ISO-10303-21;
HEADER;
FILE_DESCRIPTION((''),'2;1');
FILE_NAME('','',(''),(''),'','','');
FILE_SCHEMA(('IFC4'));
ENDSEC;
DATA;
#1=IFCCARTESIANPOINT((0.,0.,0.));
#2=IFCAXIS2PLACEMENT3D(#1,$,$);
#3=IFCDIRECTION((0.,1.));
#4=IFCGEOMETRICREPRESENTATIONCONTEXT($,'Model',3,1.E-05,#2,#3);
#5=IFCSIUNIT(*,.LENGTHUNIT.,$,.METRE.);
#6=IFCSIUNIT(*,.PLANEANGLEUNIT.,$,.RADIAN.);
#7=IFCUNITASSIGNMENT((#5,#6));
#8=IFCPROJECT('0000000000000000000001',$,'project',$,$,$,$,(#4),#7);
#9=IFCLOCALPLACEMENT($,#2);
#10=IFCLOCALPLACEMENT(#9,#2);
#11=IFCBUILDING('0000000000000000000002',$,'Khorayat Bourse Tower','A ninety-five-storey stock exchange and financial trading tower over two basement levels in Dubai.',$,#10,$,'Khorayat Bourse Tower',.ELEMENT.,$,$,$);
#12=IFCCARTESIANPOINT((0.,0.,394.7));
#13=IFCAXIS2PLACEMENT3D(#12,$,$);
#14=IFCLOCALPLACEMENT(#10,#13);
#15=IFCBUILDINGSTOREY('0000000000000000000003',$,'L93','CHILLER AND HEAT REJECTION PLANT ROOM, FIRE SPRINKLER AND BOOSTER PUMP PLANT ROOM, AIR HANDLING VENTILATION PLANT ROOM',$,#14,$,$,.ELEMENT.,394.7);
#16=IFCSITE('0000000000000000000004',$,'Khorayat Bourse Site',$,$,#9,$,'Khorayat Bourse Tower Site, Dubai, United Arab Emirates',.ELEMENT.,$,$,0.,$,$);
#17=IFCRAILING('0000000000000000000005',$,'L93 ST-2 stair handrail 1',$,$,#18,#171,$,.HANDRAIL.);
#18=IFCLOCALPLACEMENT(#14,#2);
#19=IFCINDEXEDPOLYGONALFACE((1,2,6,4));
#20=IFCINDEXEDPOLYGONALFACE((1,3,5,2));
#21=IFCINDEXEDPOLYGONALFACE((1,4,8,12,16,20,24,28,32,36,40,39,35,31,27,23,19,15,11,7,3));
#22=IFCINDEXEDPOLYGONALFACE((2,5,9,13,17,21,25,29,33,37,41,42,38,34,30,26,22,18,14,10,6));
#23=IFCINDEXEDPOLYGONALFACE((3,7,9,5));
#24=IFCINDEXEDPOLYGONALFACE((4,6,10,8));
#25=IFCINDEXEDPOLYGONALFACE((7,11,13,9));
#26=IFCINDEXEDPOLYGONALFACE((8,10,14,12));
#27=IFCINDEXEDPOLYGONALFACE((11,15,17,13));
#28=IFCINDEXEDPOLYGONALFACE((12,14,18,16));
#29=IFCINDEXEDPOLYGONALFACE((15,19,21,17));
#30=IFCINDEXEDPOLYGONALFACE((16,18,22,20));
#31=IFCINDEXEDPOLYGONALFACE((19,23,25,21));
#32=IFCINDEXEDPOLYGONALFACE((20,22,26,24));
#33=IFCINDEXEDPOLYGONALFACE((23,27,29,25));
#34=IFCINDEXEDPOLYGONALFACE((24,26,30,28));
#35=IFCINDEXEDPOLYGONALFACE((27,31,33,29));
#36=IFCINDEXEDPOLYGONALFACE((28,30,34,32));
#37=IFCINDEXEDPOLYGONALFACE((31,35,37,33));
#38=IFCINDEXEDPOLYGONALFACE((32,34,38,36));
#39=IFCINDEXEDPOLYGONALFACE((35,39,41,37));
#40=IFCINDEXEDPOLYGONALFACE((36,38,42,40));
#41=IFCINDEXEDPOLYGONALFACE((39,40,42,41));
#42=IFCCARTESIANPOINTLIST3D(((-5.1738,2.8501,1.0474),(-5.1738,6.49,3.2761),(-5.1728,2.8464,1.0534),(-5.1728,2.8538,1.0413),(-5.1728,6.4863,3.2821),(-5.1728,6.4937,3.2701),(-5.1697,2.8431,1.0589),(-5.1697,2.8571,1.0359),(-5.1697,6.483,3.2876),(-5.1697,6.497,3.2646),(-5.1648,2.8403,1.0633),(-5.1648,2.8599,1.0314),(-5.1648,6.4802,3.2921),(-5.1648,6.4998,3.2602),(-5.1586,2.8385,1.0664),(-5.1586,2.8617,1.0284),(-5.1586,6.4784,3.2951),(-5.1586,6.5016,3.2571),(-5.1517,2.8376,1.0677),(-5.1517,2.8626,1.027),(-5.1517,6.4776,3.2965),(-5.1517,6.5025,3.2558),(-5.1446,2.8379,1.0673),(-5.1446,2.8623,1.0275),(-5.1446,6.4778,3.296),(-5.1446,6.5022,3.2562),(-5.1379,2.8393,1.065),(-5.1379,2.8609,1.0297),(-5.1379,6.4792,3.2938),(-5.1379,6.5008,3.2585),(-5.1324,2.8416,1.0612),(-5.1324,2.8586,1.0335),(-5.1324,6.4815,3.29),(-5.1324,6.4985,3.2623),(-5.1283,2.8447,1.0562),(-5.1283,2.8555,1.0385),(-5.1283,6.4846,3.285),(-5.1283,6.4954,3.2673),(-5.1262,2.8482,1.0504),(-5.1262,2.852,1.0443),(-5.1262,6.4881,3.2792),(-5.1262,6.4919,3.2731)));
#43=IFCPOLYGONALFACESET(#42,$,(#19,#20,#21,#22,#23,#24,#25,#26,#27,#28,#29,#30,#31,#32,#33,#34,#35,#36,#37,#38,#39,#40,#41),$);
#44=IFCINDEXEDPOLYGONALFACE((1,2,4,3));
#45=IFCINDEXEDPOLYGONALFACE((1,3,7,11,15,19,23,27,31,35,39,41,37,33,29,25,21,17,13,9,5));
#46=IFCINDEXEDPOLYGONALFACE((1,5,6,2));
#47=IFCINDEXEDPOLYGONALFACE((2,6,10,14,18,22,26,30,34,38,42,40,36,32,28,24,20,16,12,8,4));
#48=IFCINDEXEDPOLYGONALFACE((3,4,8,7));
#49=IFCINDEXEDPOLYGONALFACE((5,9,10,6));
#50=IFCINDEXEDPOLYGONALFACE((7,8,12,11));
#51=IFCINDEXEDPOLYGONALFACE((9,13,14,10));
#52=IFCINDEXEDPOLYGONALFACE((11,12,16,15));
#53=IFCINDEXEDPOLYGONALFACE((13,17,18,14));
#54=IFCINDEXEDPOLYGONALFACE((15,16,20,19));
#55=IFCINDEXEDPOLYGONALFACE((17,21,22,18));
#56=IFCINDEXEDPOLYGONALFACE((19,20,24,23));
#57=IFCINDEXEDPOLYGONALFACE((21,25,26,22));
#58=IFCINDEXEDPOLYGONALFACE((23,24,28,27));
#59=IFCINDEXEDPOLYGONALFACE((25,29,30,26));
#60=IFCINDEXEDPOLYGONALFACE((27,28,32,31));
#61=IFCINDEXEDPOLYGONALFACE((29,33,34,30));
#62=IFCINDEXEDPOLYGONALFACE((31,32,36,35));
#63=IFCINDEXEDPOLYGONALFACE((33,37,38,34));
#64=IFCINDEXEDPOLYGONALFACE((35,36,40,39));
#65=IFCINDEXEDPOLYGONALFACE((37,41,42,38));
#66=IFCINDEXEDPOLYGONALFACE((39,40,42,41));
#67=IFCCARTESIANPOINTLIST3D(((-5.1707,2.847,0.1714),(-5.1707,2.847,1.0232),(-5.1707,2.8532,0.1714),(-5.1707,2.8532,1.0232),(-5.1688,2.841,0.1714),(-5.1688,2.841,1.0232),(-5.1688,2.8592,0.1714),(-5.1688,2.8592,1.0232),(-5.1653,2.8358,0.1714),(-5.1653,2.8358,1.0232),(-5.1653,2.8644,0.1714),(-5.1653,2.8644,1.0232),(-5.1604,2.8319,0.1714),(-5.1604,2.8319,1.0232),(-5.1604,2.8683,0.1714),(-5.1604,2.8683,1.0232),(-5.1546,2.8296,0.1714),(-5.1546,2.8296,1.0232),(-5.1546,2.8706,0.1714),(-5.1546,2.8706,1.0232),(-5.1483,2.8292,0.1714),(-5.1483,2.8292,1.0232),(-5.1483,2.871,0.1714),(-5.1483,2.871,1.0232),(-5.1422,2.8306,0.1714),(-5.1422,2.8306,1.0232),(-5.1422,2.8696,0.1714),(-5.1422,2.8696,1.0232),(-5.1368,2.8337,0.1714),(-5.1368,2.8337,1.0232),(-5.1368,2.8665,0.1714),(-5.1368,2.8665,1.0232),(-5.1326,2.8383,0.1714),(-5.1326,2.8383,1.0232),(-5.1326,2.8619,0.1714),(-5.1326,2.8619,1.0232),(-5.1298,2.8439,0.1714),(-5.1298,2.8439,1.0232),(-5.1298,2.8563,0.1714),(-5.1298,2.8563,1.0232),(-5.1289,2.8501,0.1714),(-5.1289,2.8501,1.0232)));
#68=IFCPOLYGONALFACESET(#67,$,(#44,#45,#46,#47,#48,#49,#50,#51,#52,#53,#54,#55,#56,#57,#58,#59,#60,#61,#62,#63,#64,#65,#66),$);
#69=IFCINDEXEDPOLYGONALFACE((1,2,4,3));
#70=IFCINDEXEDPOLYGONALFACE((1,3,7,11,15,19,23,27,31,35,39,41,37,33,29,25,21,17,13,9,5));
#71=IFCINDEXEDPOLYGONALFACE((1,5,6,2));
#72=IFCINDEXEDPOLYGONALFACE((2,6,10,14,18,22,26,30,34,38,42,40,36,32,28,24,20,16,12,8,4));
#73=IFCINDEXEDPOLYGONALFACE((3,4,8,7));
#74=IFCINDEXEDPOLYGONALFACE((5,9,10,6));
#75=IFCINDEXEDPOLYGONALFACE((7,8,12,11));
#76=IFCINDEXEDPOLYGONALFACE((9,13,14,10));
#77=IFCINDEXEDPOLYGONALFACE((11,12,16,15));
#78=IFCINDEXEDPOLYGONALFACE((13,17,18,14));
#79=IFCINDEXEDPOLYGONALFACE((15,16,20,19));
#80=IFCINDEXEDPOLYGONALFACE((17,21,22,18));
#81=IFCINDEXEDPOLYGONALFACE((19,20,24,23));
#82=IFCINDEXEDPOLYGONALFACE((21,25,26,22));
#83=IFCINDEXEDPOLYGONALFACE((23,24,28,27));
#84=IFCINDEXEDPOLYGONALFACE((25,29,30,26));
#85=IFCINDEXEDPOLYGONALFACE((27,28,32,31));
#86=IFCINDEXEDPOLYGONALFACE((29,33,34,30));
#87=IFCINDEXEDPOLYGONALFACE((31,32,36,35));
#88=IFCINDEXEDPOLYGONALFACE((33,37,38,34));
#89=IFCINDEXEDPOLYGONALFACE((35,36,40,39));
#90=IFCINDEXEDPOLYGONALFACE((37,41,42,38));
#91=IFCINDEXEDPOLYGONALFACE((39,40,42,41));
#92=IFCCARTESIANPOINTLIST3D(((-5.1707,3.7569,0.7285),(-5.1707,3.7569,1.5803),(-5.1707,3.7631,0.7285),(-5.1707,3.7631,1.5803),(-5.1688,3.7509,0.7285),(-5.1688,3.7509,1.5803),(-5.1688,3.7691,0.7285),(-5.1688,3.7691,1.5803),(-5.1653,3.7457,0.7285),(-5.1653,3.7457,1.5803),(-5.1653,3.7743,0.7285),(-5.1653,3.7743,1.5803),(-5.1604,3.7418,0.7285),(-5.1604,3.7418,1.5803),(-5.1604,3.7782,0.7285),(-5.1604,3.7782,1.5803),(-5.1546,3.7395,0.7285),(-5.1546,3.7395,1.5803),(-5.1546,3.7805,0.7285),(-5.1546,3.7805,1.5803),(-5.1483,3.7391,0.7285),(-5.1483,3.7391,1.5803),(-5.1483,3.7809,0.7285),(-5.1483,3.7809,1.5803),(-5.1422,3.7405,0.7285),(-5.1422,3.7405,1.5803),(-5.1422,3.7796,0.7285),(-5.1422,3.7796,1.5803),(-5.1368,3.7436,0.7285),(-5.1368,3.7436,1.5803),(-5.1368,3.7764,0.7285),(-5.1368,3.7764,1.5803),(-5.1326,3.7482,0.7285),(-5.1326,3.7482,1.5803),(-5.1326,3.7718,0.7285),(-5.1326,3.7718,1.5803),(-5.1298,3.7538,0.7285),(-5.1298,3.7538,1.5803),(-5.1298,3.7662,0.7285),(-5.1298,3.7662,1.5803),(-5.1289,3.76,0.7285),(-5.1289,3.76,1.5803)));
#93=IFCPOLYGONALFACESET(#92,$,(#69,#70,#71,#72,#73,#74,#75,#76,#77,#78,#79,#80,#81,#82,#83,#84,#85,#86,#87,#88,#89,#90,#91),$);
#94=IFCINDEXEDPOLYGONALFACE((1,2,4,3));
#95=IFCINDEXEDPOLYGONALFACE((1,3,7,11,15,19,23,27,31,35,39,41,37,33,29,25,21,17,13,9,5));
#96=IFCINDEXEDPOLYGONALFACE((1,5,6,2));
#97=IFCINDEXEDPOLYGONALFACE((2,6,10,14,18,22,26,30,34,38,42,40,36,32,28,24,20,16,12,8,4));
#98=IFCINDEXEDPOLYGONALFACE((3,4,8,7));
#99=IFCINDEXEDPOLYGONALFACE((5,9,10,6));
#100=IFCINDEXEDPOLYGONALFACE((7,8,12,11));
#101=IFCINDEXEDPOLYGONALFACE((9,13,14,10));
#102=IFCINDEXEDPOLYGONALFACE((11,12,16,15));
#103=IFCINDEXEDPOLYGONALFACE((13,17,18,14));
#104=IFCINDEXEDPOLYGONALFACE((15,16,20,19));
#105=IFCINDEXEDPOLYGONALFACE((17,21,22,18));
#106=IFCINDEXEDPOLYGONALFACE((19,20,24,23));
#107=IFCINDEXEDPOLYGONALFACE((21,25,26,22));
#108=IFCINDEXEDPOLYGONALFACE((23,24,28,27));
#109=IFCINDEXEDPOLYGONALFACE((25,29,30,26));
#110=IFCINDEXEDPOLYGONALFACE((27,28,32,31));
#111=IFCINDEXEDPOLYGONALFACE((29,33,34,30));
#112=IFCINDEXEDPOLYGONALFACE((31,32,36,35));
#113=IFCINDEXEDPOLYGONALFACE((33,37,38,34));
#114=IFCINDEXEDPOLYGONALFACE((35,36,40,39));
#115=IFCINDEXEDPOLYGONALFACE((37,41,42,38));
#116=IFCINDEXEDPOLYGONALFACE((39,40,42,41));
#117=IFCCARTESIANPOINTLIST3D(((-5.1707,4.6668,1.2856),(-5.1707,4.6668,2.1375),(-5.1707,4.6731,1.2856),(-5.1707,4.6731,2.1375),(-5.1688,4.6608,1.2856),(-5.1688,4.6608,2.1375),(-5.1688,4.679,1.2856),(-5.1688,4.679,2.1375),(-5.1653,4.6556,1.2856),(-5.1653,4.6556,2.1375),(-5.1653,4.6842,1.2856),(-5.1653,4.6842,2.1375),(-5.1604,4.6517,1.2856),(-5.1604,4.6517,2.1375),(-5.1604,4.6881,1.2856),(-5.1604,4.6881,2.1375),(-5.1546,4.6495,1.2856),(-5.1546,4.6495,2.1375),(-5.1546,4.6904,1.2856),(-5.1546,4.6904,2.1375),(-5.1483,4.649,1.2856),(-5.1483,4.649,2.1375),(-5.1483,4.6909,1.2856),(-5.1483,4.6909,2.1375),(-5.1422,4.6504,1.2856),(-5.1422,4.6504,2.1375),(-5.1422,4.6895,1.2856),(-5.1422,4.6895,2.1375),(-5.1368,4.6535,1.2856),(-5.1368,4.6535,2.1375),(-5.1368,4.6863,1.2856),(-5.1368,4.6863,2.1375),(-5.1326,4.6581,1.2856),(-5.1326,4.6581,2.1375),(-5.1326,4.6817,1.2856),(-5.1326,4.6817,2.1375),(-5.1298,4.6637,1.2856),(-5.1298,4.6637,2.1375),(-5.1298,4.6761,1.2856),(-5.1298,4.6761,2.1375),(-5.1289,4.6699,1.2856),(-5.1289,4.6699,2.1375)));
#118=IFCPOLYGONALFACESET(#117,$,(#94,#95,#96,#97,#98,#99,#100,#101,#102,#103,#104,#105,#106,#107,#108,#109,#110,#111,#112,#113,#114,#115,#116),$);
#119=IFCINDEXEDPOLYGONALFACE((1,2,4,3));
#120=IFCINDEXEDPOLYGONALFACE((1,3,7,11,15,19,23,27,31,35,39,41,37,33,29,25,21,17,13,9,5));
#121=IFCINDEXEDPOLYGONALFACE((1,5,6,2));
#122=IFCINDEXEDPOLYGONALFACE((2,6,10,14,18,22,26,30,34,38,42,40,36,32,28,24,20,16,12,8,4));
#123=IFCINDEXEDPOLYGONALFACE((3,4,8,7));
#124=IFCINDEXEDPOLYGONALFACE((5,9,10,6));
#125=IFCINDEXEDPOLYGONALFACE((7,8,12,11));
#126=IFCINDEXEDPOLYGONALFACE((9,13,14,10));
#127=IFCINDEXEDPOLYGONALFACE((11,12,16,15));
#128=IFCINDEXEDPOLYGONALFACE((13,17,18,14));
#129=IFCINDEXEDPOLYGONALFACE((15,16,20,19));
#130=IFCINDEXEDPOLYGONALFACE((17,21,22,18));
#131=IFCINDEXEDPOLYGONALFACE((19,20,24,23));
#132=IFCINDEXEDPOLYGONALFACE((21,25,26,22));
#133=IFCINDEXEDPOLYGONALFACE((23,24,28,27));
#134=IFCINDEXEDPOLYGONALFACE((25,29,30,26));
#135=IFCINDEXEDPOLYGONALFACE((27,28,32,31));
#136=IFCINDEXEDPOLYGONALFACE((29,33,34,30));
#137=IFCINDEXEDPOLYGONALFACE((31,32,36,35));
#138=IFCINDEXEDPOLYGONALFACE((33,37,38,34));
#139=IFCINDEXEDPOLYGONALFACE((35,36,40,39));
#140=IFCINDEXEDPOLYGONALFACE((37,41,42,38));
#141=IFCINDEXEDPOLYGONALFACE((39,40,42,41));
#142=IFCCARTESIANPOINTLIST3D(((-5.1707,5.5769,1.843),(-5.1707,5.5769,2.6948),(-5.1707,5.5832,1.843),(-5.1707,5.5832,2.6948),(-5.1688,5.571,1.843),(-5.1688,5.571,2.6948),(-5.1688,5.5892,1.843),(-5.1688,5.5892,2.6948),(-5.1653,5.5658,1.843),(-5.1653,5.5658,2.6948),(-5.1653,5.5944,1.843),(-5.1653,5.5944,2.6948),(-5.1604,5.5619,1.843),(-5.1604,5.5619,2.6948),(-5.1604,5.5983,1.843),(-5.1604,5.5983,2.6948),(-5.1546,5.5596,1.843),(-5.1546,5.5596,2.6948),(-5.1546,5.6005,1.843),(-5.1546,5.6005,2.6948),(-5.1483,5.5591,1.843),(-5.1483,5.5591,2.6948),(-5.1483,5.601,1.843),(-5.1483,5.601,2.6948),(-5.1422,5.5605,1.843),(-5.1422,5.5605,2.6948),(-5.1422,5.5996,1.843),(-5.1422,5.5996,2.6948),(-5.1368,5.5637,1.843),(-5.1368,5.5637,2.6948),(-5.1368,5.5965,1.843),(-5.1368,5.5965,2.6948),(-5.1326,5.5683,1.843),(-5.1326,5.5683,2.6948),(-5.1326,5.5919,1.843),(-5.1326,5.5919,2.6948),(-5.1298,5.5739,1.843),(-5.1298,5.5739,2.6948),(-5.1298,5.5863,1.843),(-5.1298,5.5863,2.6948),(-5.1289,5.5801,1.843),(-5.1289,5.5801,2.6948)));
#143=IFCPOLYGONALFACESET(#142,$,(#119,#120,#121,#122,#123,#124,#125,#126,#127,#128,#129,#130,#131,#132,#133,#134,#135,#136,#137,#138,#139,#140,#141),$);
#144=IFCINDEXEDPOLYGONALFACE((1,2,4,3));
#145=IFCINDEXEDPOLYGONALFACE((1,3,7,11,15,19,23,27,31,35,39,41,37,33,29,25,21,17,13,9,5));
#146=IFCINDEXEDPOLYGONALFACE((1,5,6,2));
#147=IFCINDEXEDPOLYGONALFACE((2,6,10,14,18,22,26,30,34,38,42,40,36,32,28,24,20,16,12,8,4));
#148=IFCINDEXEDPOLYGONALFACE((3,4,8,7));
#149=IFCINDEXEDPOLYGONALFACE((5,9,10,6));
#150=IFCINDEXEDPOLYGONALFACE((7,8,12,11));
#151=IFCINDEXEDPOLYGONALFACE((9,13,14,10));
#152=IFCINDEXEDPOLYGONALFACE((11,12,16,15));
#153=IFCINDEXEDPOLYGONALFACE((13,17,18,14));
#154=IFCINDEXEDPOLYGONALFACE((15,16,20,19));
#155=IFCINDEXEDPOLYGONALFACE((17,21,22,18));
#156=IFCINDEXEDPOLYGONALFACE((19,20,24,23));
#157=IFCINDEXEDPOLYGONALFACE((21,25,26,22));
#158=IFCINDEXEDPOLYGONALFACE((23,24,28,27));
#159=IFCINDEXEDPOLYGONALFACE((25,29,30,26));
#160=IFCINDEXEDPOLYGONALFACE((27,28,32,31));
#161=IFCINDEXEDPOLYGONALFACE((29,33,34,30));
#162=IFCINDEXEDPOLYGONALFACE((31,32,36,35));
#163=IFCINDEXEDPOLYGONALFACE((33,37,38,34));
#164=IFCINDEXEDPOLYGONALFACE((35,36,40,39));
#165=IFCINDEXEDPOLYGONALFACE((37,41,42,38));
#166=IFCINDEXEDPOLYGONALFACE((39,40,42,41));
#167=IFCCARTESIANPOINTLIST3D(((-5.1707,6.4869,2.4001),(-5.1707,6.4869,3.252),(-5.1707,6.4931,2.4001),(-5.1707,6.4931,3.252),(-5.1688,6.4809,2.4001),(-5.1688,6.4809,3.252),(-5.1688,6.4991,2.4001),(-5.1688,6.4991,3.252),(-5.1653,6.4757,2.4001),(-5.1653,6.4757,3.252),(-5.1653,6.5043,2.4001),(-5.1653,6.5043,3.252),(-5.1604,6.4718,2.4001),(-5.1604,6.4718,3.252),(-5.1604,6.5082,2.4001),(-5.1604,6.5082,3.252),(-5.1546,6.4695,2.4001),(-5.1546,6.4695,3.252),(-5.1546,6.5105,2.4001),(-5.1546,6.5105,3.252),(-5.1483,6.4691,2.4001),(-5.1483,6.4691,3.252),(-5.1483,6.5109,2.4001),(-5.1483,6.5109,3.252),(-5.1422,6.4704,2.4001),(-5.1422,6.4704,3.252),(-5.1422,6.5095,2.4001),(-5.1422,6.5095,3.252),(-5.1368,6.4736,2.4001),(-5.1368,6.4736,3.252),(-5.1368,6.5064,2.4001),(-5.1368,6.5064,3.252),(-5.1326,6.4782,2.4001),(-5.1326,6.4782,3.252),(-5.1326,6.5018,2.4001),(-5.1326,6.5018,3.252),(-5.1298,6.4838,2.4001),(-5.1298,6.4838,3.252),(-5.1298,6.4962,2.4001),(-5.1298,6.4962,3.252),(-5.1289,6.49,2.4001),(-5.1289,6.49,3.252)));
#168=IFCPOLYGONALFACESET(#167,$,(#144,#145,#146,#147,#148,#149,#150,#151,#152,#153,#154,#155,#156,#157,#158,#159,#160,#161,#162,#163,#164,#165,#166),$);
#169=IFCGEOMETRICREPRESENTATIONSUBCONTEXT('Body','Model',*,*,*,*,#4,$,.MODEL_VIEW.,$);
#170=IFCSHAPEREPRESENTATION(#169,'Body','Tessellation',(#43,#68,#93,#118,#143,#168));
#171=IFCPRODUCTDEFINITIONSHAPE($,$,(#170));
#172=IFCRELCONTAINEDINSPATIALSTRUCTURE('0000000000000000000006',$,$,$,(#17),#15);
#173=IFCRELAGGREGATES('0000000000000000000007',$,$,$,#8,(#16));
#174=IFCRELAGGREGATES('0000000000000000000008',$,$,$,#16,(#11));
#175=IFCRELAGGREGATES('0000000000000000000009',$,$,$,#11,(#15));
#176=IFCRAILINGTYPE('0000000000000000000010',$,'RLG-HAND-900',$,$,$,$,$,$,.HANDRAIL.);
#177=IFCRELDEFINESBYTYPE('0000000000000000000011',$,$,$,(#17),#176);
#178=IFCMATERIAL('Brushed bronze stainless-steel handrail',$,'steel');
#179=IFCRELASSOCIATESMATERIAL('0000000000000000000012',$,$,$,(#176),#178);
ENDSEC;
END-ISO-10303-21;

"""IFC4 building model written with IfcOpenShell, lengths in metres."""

from ifc_helpers import new_model, si_unit, direction, frame, origin, origin_2d, place, context, subcontext, project, spatial, circle, extrude, source, transform, mapped, material, type_object, element, save


model = new_model("IFC4")

# Units and contexts
model_context = context("Model", 3, precision=1e-05, world=origin(), true_north=direction((0.0, 1.0)))
body_context = subcontext(model_context, "Body", "Model", "MODEL_VIEW")
ifc_project = project(units=[si_unit("LENGTHUNIT", "METRE"), si_unit("PLANEANGLEUNIT", "RADIAN")], contexts=[model_context])

# Site, building, storey
site_placement = place(None, origin())
site = spatial("IfcSite", under=ifc_project, at=site_placement, Name="Khorayat Bourse Site", LongName="Khorayat Bourse Tower Site, Dubai, United Arab Emirates", CompositionType="ELEMENT", RefElevation=0.0)
building_placement = place(site_placement, origin())
building = spatial("IfcBuilding", under=site, at=building_placement, Name="Khorayat Bourse Tower", Description="A ninety-five-storey stock exchange and financial trading tower over two basement levels in Dubai.", LongName="Khorayat Bourse Tower", CompositionType="ELEMENT")
storey_placement = place(building_placement, frame((0.0, 0.0, 394.7)))
storey = spatial("IfcBuildingStorey", under=building, at=storey_placement, Name="L93", Description="CHILLER AND HEAT REJECTION PLANT ROOM, FIRE SPRINKLER AND BOOSTER PUMP PLANT ROOM, AIR HANDLING VENTILATION PLANT ROOM", CompositionType="ELEMENT", Elevation=394.7)

# Railing
ifc_material_1 = material(Name="Brushed bronze stainless-steel handrail", Category="steel")
railing_type_1 = type_object("IfcRailingType", Name="RLG-HAND-900", PredefinedType="HANDRAIL", material=ifc_material_1)
shared_shape_1 = source(origin(), body_context, "Body", "SweptSolid", [
    extrude(circle(Radius=0.0239, at=origin_2d()), frame((0.0, 0.0, 0.876), z_axis=(0.0, 0.852825, 0.522197), x_axis=(-1.0, 0.0, 0.0)), (0.0, 0.0, 1.0), 4.2681),
    extrude(circle(Radius=0.021, at=origin_2d()), origin(), (0.0, 0.0, 1.0), 0.8518),
    extrude(circle(Radius=0.021, at=origin_2d()), frame((0.0, 0.9099, 0.5571)), (0.0, 0.0, 1.0), 0.8518),
    extrude(circle(Radius=0.021, at=origin_2d()), frame((0.0, 1.8198, 1.1143)), (0.0, 0.0, 1.0), 0.8518),
    extrude(circle(Radius=0.021, at=origin_2d()), frame((0.0, 2.73, 1.6716)), (0.0, 0.0, 1.0), 0.8518),
    extrude(circle(Radius=0.021, at=origin_2d()), frame((0.0, 3.6399, 2.2288)), (0.0, 0.0, 1.0), 0.8518),
])
railing_1_placement = place(storey_placement, frame((-5.1499, 2.8501, 0.1714)))
element("IfcRailing", 1, at=railing_1_placement, inside=storey, type_object=railing_type_1, Name="L93 ST-2 stair handrail 1", PredefinedType="HANDRAIL", context=body_context, shape_type="MappedRepresentation", body=[
    mapped(shared_shape_1, transform((0.0, 0.0, 0.0), scale=1.0)),
])

save(model, "model.ifc")
